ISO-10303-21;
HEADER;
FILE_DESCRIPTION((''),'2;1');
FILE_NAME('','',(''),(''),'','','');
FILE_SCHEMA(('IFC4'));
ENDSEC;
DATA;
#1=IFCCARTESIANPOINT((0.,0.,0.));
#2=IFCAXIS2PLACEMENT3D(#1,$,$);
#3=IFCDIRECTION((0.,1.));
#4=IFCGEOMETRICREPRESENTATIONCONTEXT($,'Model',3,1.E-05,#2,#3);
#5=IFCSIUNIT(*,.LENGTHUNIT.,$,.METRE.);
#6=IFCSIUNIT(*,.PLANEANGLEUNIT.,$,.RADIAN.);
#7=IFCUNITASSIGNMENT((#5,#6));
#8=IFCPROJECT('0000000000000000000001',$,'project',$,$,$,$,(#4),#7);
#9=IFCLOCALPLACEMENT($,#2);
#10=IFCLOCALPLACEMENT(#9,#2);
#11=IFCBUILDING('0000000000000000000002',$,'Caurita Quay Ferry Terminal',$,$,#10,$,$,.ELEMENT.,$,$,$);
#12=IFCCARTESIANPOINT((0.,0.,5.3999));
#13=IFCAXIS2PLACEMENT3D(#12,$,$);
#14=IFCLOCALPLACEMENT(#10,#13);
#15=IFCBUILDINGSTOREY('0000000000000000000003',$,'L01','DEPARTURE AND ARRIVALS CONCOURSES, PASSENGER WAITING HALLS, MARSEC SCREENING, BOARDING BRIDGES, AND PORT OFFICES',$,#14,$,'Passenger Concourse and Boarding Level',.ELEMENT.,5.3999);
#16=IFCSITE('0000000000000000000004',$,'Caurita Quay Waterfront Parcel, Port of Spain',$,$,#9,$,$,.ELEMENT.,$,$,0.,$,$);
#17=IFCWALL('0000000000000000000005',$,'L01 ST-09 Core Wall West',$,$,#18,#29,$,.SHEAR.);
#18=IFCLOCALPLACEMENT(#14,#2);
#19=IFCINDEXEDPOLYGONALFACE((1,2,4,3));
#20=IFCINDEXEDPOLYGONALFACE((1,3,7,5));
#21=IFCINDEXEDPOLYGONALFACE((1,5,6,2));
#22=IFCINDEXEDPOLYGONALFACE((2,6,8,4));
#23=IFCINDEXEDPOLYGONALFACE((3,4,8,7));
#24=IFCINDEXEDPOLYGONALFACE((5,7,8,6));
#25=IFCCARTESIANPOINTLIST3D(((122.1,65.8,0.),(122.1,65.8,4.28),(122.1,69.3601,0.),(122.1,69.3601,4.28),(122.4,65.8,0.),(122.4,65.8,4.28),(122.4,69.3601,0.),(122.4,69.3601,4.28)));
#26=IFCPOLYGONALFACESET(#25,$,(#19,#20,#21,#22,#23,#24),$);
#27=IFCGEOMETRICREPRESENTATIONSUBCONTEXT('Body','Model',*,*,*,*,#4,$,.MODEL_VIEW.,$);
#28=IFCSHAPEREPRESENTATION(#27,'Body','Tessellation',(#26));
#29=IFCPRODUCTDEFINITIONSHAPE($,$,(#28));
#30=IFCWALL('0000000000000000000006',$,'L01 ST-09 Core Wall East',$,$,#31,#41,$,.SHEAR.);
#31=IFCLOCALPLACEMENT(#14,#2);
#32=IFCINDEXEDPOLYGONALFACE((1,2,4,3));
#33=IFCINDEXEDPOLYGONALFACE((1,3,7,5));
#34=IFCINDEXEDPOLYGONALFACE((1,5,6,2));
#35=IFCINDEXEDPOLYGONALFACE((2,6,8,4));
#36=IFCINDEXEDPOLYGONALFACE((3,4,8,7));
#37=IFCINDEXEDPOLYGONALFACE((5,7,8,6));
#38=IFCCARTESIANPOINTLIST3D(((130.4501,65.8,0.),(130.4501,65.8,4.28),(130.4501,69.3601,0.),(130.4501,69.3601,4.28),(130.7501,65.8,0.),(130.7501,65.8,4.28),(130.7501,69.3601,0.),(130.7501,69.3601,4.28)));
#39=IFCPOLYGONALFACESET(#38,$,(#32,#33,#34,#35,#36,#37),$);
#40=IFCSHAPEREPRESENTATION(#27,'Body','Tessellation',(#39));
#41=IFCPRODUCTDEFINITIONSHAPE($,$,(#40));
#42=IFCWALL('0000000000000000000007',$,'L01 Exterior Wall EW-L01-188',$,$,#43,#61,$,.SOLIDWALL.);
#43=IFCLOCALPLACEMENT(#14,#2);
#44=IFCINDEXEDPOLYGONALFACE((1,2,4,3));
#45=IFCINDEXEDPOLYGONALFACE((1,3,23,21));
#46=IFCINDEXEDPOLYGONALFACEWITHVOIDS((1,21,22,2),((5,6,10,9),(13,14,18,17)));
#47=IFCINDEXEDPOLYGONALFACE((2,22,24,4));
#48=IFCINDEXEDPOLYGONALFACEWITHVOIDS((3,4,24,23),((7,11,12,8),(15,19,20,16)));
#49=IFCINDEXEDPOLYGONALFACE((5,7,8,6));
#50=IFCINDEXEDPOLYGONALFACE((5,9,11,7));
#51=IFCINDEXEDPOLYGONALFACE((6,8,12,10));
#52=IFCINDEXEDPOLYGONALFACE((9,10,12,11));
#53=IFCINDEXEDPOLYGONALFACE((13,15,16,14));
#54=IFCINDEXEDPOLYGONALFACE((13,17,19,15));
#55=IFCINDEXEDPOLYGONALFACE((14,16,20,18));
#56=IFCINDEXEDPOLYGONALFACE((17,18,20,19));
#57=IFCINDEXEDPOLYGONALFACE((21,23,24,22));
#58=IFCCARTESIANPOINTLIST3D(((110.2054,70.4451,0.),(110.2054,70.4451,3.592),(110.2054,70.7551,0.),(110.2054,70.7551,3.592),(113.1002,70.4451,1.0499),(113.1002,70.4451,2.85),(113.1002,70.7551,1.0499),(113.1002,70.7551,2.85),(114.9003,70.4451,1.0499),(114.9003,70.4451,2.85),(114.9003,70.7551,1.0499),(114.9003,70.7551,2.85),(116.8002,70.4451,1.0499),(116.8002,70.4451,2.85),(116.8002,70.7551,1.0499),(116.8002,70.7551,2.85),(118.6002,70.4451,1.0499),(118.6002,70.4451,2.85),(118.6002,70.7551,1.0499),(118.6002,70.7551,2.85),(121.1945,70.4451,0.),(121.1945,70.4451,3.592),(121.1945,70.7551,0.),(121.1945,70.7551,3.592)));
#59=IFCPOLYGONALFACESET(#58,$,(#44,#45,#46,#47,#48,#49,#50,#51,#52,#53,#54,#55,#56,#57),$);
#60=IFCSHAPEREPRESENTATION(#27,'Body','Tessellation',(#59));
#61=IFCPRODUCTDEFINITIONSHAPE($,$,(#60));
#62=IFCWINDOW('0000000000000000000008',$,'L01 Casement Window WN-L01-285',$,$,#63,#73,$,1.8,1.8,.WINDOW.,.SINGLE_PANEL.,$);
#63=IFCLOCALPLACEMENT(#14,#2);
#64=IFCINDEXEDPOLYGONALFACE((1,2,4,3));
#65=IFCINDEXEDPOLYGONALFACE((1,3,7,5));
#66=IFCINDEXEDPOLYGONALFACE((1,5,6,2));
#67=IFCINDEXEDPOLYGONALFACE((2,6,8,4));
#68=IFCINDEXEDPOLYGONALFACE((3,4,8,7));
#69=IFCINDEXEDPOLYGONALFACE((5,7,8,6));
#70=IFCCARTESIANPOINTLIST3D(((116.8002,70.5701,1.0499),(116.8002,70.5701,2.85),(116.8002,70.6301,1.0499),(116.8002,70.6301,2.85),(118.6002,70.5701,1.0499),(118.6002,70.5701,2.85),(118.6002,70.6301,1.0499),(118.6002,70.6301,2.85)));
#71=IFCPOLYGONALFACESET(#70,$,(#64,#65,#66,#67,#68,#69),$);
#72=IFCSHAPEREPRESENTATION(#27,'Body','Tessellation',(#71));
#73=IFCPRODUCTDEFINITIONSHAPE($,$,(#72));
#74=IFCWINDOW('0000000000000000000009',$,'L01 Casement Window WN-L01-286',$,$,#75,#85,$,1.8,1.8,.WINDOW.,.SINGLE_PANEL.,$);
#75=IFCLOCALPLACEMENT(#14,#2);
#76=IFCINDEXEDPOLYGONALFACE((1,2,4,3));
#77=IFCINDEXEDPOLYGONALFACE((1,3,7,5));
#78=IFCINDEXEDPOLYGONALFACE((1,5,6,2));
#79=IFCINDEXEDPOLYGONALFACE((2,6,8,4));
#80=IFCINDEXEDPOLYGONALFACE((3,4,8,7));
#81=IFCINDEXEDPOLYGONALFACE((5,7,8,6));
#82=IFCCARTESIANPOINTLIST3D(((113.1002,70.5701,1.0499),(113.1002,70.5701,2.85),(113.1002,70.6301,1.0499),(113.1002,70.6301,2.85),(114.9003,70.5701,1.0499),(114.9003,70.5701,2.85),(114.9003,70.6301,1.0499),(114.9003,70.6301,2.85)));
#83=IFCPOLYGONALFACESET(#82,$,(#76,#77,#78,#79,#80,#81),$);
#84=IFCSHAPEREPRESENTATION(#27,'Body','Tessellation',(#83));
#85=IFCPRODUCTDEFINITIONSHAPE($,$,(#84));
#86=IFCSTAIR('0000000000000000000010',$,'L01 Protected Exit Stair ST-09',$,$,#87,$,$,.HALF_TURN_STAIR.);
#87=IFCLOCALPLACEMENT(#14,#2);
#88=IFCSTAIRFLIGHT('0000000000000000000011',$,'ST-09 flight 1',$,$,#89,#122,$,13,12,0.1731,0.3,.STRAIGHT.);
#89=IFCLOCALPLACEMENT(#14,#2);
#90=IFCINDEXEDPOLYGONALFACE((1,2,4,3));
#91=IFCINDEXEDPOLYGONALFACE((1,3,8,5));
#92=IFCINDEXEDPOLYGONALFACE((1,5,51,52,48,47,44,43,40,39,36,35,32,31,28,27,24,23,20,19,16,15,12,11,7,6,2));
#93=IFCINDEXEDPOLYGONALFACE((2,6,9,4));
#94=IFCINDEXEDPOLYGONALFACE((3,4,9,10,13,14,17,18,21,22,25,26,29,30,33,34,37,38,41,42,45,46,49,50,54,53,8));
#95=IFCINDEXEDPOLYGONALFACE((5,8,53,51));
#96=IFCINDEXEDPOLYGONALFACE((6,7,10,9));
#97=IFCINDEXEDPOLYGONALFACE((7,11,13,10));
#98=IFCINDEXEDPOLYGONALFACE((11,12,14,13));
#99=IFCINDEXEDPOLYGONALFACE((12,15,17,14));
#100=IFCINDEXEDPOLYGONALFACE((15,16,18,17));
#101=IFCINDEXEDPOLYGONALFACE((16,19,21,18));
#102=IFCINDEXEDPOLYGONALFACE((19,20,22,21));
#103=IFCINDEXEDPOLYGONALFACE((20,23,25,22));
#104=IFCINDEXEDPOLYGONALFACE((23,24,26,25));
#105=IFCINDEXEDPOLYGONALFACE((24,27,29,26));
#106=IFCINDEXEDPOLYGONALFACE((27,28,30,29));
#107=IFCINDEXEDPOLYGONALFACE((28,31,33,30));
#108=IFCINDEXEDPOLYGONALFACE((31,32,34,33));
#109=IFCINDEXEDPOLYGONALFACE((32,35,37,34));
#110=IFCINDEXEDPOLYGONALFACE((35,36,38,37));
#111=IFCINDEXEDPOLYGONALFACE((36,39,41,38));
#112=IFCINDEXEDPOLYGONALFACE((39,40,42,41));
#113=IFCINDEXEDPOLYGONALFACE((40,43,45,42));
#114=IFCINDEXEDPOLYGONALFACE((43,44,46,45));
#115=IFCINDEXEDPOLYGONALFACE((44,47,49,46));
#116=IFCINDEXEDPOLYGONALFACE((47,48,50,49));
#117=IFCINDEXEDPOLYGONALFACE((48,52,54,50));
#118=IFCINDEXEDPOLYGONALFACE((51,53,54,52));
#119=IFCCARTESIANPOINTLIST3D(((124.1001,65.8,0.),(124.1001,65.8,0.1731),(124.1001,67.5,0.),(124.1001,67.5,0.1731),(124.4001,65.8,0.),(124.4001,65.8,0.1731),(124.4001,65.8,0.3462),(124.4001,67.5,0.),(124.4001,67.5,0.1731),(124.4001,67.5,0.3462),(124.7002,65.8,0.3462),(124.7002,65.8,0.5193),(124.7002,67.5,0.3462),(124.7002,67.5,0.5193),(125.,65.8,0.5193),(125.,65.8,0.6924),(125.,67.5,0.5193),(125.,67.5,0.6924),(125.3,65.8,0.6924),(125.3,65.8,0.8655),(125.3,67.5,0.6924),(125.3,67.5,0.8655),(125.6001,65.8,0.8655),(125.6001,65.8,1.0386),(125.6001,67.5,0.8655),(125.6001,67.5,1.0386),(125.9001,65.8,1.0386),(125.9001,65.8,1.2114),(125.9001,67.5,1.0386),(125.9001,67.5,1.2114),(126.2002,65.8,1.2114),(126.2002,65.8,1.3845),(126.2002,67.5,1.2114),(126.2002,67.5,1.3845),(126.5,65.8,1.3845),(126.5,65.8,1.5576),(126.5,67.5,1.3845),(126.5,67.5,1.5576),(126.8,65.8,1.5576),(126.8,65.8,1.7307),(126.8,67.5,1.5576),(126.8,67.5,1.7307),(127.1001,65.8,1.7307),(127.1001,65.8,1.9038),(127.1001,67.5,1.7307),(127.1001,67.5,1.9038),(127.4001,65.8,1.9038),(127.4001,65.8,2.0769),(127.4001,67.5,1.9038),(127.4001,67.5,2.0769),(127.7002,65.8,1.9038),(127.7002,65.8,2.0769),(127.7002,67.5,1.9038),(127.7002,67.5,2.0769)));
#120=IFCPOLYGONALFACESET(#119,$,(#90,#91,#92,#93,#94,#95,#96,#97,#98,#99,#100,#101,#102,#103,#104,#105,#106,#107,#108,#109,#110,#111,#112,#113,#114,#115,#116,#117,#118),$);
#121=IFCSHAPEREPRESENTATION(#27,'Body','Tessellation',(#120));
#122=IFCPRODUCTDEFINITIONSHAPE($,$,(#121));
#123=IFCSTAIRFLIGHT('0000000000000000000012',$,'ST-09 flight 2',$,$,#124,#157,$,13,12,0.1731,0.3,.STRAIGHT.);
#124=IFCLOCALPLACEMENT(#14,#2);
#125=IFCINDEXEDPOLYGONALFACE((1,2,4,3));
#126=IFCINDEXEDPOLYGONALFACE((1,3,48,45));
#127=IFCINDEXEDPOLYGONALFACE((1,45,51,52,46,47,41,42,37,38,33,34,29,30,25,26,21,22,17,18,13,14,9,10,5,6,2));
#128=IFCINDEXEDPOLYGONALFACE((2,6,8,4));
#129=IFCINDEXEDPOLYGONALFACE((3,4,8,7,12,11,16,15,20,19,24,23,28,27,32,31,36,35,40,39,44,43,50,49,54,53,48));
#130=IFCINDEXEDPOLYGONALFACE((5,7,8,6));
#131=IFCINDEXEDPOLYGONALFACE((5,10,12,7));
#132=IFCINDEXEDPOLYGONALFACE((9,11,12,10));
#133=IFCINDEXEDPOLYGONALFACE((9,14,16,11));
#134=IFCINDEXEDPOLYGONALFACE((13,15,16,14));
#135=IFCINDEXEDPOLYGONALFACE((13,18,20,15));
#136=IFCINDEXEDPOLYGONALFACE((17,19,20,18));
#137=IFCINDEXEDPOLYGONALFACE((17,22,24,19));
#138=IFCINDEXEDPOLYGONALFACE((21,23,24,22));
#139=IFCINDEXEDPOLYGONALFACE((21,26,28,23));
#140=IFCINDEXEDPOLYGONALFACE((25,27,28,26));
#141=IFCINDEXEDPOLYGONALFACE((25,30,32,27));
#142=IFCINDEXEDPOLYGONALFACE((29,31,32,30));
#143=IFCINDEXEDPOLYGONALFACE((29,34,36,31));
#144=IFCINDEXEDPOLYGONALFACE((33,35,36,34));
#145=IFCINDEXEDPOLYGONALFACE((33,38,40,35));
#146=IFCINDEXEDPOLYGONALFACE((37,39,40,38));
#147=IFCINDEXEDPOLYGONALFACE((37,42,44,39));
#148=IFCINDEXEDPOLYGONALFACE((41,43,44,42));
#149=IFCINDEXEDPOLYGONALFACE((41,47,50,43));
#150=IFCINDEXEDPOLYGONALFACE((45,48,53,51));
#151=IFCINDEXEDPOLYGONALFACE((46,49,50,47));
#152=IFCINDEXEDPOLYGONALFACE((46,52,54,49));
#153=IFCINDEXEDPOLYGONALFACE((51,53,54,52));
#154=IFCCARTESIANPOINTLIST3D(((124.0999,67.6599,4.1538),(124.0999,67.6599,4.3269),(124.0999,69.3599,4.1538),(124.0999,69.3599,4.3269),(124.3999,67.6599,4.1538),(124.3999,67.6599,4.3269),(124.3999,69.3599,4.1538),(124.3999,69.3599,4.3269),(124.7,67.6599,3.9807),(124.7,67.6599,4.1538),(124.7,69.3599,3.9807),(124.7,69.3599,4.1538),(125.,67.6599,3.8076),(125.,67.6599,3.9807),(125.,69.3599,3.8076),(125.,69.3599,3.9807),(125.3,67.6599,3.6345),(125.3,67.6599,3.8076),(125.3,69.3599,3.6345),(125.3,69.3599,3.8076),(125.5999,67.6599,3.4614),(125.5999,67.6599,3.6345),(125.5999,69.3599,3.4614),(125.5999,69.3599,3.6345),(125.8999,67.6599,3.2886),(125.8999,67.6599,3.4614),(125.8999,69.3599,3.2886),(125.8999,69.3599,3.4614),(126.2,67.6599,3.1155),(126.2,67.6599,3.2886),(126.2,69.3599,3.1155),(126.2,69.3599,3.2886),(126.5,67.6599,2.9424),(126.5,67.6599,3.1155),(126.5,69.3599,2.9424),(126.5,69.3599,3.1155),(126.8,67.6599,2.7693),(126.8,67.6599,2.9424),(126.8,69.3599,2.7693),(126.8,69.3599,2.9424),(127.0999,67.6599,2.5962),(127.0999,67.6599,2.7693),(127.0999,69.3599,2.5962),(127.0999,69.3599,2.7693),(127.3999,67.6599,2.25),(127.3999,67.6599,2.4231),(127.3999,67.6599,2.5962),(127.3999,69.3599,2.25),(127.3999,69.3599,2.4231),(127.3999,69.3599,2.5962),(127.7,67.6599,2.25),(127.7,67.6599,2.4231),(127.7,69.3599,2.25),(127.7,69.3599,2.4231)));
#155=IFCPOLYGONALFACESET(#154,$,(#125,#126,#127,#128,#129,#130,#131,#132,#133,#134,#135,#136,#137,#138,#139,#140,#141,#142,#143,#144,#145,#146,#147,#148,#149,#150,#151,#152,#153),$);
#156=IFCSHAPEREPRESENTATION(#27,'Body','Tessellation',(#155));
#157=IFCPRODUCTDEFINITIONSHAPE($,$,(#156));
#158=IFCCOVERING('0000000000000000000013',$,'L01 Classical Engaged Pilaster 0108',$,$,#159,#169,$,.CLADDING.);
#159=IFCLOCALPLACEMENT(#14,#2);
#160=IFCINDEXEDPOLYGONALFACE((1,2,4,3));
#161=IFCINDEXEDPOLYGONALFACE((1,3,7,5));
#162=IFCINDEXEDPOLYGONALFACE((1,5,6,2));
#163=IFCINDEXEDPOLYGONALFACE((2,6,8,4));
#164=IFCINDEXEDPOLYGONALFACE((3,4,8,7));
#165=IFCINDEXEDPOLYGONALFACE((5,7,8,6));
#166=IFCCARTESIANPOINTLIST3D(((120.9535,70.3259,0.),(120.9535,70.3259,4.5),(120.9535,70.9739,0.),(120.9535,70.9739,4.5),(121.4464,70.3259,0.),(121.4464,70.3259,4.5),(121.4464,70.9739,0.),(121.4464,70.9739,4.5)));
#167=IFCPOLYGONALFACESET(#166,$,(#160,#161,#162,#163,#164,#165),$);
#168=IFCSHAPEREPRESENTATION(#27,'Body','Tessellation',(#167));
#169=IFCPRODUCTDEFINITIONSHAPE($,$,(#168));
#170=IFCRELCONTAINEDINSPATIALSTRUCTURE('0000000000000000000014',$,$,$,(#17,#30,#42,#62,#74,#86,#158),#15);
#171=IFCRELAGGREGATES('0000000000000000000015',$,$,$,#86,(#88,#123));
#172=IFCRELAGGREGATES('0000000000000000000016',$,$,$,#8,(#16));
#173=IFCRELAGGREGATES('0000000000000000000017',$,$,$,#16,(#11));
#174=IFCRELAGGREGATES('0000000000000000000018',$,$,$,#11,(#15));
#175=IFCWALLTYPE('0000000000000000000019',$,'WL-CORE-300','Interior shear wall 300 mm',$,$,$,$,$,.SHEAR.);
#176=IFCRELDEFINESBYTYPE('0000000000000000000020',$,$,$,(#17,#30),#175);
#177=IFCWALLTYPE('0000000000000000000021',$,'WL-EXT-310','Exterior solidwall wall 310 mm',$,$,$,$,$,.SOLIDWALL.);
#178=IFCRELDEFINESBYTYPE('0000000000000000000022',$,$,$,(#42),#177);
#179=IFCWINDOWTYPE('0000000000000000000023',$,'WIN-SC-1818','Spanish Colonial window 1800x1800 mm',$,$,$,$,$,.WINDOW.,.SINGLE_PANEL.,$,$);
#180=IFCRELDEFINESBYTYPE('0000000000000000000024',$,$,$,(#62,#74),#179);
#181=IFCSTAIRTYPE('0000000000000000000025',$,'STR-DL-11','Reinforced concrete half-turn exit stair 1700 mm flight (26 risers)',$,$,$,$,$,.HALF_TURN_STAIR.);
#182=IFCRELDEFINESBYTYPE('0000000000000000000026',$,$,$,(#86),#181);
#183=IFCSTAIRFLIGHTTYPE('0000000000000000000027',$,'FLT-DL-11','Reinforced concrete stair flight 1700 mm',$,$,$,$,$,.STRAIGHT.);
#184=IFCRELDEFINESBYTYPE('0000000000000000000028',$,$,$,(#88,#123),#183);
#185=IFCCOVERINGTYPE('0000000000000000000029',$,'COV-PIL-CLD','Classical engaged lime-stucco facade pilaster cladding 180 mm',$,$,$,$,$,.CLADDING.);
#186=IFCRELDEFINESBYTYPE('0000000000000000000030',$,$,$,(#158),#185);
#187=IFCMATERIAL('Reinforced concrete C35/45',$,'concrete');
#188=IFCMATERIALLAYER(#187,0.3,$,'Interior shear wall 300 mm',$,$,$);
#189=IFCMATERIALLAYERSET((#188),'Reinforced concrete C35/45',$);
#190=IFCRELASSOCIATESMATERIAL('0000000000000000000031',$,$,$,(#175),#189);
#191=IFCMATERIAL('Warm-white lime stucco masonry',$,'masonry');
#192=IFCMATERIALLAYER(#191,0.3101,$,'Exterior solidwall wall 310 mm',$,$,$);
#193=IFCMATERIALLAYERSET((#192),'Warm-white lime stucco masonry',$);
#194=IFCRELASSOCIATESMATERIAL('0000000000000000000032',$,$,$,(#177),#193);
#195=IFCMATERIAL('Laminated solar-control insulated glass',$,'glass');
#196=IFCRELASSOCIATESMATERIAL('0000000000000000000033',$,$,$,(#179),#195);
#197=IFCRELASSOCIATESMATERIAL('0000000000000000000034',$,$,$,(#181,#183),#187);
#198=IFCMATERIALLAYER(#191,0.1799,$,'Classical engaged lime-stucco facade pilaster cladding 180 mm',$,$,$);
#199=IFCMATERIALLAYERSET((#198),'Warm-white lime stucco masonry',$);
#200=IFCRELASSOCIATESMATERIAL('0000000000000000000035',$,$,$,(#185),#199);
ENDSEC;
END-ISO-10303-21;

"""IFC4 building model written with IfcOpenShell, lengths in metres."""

from ifc_helpers import new_model, si_unit, direction, frame, frame_2d, origin, origin_2d, place, context, subcontext, project, spatial, polyline, rectangle, outline, extrude, material, layer, layer_set, type_object, element, fill, aggregate, save


model = new_model("IFC4")

# Units and contexts
model_context = context("Model", 3, precision=1e-05, world=origin(), true_north=direction((0.0, 1.0)))
body_context = subcontext(model_context, "Body", "Model", "MODEL_VIEW")
ifc_project = project(units=[si_unit("LENGTHUNIT", "METRE"), si_unit("PLANEANGLEUNIT", "RADIAN")], contexts=[model_context])

# Site, building, storey
site_placement = place(None, origin())
site = spatial("IfcSite", under=ifc_project, at=site_placement, Name="Caurita Quay Waterfront Parcel, Port of Spain", CompositionType="ELEMENT", RefElevation=0.0)
building_placement = place(site_placement, origin())
building = spatial("IfcBuilding", under=site, at=building_placement, Name="Caurita Quay Ferry Terminal", CompositionType="ELEMENT")
storey_placement = place(building_placement, frame((0.0, 0.0, 5.3999)))
storey = spatial("IfcBuildingStorey", under=building, at=storey_placement, Name="L01", Description="DEPARTURE AND ARRIVALS CONCOURSES, PASSENGER WAITING HALLS, MARSEC SCREENING, BOARDING BRIDGES, AND PORT OFFICES", LongName="Passenger Concourse and Boarding Level", CompositionType="ELEMENT", Elevation=5.3999)

# Walls
ifc_material_1 = material(Name="Reinforced concrete C35/45", Category="concrete")
ifc_layer_1 = layer(ifc_material_1, 0.3, Name="Interior shear wall 300 mm")
ifc_layer_set_1 = layer_set([ifc_layer_1], Name="Reinforced concrete C35/45")
wall_type_1 = type_object("IfcWallType", Name="WL-CORE-300", Description="Interior shear wall 300 mm", PredefinedType="SHEAR", material=ifc_layer_set_1)
for number, where, z_axis, x_axis, name in (
    (1, (122.25, 69.3601, 0.0), (0.0, 0.0, 1.0), (0.0, -1.0, 0.0), "L01 ST-09 Core Wall West"),
    (2, (130.6001, 65.8, 0.0), (0.0, 0.0, 1.0), (0.0, 1.0, 0.0), "L01 ST-09 Core Wall East"),
):
    element("IfcWall", number, at=place(storey_placement, frame(where, z_axis=z_axis, x_axis=x_axis)), inside=storey, type_object=wall_type_1, Name=name, PredefinedType="SHEAR", context=body_context, shape_type="SweptSolid", body=[
        extrude(rectangle(XDim=3.5601, YDim=0.3, at=frame_2d((1.78, 0.0))), origin(), (0.0, 0.0, 1.0), 4.28),
    ])

# Wall, openings, windows
ifc_material_2 = material(Name="Warm-white lime stucco masonry", Category="masonry")
ifc_layer_2 = layer(ifc_material_2, 0.3101, Name="Exterior solidwall wall 310 mm")
ifc_layer_set_2 = layer_set([ifc_layer_2], Name="Warm-white lime stucco masonry")
wall_type_2 = type_object("IfcWallType", Name="WL-EXT-310", Description="Exterior solidwall wall 310 mm", PredefinedType="SOLIDWALL", material=ifc_layer_set_2)
wall_1_placement = place(storey_placement, frame((121.1946, 70.6001, 0.0), z_axis=(0.0, 0.0, 1.0), x_axis=(-1.0, 0.0, 0.0)))
wall_1 = element("IfcWall", 3, at=wall_1_placement, inside=storey, type_object=wall_type_2, Name="L01 Exterior Wall EW-L01-188", PredefinedType="SOLIDWALL", context=body_context, shape_type="SweptSolid", body=[
    extrude(rectangle(XDim=10.989, YDim=0.3101, at=frame_2d((5.4946, 0.0))), origin(), (0.0, 0.0, 1.0), 3.592),
])
opening_1_placement = place(wall_1_placement, frame((2.5945, 0.0, 1.05)))
opening_1 = element("IfcOpeningElement", 4, at=opening_1_placement, cuts=wall_1, PredefinedType="OPENING", context=body_context, shape_type="SweptSolid", body=[
    extrude(rectangle(XDim=1.8, YDim=1.8, at=frame_2d((0.8999, 0.8999))), frame((0.0, 0.165, 0.0), z_axis=(0.0, -1.0, 0.0), x_axis=(1.0, 0.0, 0.0)), (0.0, 0.0, 1.0), 0.3301),
])
opening_2_placement = place(wall_1_placement, frame((6.2944, 0.0, 1.05)))
opening_2 = element("IfcOpeningElement", 5, at=opening_2_placement, cuts=wall_1, PredefinedType="OPENING", context=body_context, shape_type="SweptSolid", body=[
    extrude(rectangle(XDim=1.8, YDim=1.8, at=frame_2d((0.8999, 0.8999))), frame((0.0, 0.165, 0.0), z_axis=(0.0, -1.0, 0.0), x_axis=(1.0, 0.0, 0.0)), (0.0, 0.0, 1.0), 0.3301),
])
ifc_material_3 = material(Name="Laminated solar-control insulated glass", Category="glass")
window_type = type_object("IfcWindowType", Name="WIN-SC-1818", Description="Spanish Colonial window 1800x1800 mm", PartitioningType="SINGLE_PANEL", PredefinedType="WINDOW", material=ifc_material_3)
window_1_placement = place(opening_1_placement, origin())
window_1 = element("IfcWindow", 6, at=window_1_placement, inside=storey, type_object=window_type, Name="L01 Casement Window WN-L01-285", OverallHeight=1.8, OverallWidth=1.8, PartitioningType="SINGLE_PANEL", PredefinedType="WINDOW", context=body_context, shape_type="SweptSolid", body=[
    extrude(rectangle(XDim=1.8, YDim=1.8, at=frame_2d((0.8999, 0.8999))), frame((0.0, 0.03, 0.0), z_axis=(0.0, -1.0, 0.0), x_axis=(1.0, 0.0, 0.0)), (0.0, 0.0, 1.0), 0.0601),
])
fill(opening_1, window_1)
window_2_placement = place(opening_2_placement, origin())
window_2 = element("IfcWindow", 7, at=window_2_placement, inside=storey, type_object=window_type, Name="L01 Casement Window WN-L01-286", OverallHeight=1.8, OverallWidth=1.8, PartitioningType="SINGLE_PANEL", PredefinedType="WINDOW", context=body_context, shape_type="SweptSolid", body=[
    extrude(rectangle(XDim=1.8, YDim=1.8, at=frame_2d((0.8999, 0.8999))), frame((0.0, 0.03, 0.0), z_axis=(0.0, -1.0, 0.0), x_axis=(1.0, 0.0, 0.0)), (0.0, 0.0, 1.0), 0.0601),
])
fill(opening_2, window_2)

# Stair, stair flights
stair_type = type_object("IfcStairType", Name="STR-DL-11", Description="Reinforced concrete half-turn exit stair 1700 mm flight (26 risers)", PredefinedType="HALF_TURN_STAIR", material=ifc_material_1)
stair_placement = place(storey_placement, origin())
stair = element("IfcStair", 8, at=stair_placement, inside=storey, type_object=stair_type, Name="L01 Protected Exit Stair ST-09", PredefinedType="HALF_TURN_STAIR")
stair_flight_type = type_object("IfcStairFlightType", Name="FLT-DL-11", Description="Reinforced concrete stair flight 1700 mm", PredefinedType="STRAIGHT", material=ifc_material_1)
stair_flight_1_placement = place(storey_placement, frame((124.1001, 66.6499, 0.0), z_axis=(0.0, 0.0, 1.0), x_axis=(1.0, 0.0, 0.0)))
stair_flight_1 = element("IfcStairFlight", 9, at=stair_flight_1_placement, type_object=stair_flight_type, Name="ST-09 flight 1", NumberOfRisers=13, NumberOfTreads=12, PredefinedType="STRAIGHT", RiserHeight=0.1731, TreadLength=0.3, context=body_context, shape_type="SweptSolid", body=[
    extrude(outline(polyline([(0.0, 0.0), (0.0, 0.1731), (0.3, 0.1731), (0.3, 0.3462), (0.6001, 0.3462), (0.6001, 0.5193), (0.8999, 0.5193), (0.8999, 0.6924), (1.2, 0.6924), (1.2, 0.8655), (1.5, 0.8655), (1.5, 1.0386), (1.8, 1.0386), (1.8, 1.2114), (2.1001, 1.2114), (2.1001, 1.3845), (2.3999, 1.3845), (2.3999, 1.5576), (2.7, 1.5576), (2.7, 1.7307), (3.0, 1.7307), (3.0, 1.9038), (3.3, 1.9038), (3.3, 2.0769), (3.6001, 2.0769), (3.6001, 2.25), (3.6001, 1.9038), (0.3, 0.0), (0.0, 0.0)])), frame((0.0, 0.8501, 0.0), z_axis=(0.0, -1.0, 0.0), x_axis=(1.0, 0.0, 0.0)), (0.0, 0.0, 1.0), 1.7),
])
stair_flight_2_placement = place(storey_placement, frame((127.7, 68.51, 2.25), z_axis=(0.0, 0.0, 1.0), x_axis=(-1.0, 0.0, 0.0)))
stair_flight_2 = element("IfcStairFlight", 10, at=stair_flight_2_placement, type_object=stair_flight_type, Name="ST-09 flight 2", NumberOfRisers=13, NumberOfTreads=12, PredefinedType="STRAIGHT", RiserHeight=0.1731, TreadLength=0.3, context=body_context, shape_type="SweptSolid", body=[
    extrude(outline(polyline([(0.0, 0.0), (0.0, 0.1731), (0.3, 0.1731), (0.3, 0.3462), (0.6001, 0.3462), (0.6001, 0.5193), (0.8999, 0.5193), (0.8999, 0.6924), (1.2, 0.6924), (1.2, 0.8655), (1.5, 0.8655), (1.5, 1.0386), (1.8, 1.0386), (1.8, 1.2114), (2.1001, 1.2114), (2.1001, 1.3845), (2.3999, 1.3845), (2.3999, 1.5576), (2.7, 1.5576), (2.7, 1.7307), (3.0, 1.7307), (3.0, 1.9038), (3.3, 1.9038), (3.3, 2.0769), (3.6001, 2.0769), (3.6001, 2.25), (3.6001, 1.9038), (0.3, 0.0), (0.0, 0.0)])), frame((0.0, 0.8501, 0.0), z_axis=(0.0, -1.0, 0.0), x_axis=(1.0, 0.0, 0.0)), (0.0, 0.0, 1.0), 1.7),
])
aggregate(stair, [stair_flight_1, stair_flight_2])

# Covering
ifc_layer_3 = layer(ifc_material_2, 0.1799, Name="Classical engaged lime-stucco facade pilaster cladding 180 mm")
ifc_layer_set_3 = layer_set([ifc_layer_3], Name="Warm-white lime stucco masonry")
covering_type_1 = type_object("IfcCoveringType", Name="COV-PIL-CLD", Description="Classical engaged lime-stucco facade pilaster cladding 180 mm", PredefinedType="CLADDING", material=ifc_layer_set_3)
covering_1_placement = place(storey_placement, frame((121.2, 70.6499, 0.0), z_axis=(0.0, 0.0, 1.0), x_axis=(1.0, 0.0, 0.0)))
element("IfcCovering", 11, at=covering_1_placement, inside=storey, type_object=covering_type_1, Name="L01 Classical Engaged Pilaster 0108", PredefinedType="CLADDING", context=body_context, shape_type="SweptSolid", body=[
    extrude(rectangle(XDim=0.4929, YDim=0.6479, at=origin_2d()), origin(), (0.0, 0.0, 1.0), 4.5),
])

save(model, "model.ifc")
